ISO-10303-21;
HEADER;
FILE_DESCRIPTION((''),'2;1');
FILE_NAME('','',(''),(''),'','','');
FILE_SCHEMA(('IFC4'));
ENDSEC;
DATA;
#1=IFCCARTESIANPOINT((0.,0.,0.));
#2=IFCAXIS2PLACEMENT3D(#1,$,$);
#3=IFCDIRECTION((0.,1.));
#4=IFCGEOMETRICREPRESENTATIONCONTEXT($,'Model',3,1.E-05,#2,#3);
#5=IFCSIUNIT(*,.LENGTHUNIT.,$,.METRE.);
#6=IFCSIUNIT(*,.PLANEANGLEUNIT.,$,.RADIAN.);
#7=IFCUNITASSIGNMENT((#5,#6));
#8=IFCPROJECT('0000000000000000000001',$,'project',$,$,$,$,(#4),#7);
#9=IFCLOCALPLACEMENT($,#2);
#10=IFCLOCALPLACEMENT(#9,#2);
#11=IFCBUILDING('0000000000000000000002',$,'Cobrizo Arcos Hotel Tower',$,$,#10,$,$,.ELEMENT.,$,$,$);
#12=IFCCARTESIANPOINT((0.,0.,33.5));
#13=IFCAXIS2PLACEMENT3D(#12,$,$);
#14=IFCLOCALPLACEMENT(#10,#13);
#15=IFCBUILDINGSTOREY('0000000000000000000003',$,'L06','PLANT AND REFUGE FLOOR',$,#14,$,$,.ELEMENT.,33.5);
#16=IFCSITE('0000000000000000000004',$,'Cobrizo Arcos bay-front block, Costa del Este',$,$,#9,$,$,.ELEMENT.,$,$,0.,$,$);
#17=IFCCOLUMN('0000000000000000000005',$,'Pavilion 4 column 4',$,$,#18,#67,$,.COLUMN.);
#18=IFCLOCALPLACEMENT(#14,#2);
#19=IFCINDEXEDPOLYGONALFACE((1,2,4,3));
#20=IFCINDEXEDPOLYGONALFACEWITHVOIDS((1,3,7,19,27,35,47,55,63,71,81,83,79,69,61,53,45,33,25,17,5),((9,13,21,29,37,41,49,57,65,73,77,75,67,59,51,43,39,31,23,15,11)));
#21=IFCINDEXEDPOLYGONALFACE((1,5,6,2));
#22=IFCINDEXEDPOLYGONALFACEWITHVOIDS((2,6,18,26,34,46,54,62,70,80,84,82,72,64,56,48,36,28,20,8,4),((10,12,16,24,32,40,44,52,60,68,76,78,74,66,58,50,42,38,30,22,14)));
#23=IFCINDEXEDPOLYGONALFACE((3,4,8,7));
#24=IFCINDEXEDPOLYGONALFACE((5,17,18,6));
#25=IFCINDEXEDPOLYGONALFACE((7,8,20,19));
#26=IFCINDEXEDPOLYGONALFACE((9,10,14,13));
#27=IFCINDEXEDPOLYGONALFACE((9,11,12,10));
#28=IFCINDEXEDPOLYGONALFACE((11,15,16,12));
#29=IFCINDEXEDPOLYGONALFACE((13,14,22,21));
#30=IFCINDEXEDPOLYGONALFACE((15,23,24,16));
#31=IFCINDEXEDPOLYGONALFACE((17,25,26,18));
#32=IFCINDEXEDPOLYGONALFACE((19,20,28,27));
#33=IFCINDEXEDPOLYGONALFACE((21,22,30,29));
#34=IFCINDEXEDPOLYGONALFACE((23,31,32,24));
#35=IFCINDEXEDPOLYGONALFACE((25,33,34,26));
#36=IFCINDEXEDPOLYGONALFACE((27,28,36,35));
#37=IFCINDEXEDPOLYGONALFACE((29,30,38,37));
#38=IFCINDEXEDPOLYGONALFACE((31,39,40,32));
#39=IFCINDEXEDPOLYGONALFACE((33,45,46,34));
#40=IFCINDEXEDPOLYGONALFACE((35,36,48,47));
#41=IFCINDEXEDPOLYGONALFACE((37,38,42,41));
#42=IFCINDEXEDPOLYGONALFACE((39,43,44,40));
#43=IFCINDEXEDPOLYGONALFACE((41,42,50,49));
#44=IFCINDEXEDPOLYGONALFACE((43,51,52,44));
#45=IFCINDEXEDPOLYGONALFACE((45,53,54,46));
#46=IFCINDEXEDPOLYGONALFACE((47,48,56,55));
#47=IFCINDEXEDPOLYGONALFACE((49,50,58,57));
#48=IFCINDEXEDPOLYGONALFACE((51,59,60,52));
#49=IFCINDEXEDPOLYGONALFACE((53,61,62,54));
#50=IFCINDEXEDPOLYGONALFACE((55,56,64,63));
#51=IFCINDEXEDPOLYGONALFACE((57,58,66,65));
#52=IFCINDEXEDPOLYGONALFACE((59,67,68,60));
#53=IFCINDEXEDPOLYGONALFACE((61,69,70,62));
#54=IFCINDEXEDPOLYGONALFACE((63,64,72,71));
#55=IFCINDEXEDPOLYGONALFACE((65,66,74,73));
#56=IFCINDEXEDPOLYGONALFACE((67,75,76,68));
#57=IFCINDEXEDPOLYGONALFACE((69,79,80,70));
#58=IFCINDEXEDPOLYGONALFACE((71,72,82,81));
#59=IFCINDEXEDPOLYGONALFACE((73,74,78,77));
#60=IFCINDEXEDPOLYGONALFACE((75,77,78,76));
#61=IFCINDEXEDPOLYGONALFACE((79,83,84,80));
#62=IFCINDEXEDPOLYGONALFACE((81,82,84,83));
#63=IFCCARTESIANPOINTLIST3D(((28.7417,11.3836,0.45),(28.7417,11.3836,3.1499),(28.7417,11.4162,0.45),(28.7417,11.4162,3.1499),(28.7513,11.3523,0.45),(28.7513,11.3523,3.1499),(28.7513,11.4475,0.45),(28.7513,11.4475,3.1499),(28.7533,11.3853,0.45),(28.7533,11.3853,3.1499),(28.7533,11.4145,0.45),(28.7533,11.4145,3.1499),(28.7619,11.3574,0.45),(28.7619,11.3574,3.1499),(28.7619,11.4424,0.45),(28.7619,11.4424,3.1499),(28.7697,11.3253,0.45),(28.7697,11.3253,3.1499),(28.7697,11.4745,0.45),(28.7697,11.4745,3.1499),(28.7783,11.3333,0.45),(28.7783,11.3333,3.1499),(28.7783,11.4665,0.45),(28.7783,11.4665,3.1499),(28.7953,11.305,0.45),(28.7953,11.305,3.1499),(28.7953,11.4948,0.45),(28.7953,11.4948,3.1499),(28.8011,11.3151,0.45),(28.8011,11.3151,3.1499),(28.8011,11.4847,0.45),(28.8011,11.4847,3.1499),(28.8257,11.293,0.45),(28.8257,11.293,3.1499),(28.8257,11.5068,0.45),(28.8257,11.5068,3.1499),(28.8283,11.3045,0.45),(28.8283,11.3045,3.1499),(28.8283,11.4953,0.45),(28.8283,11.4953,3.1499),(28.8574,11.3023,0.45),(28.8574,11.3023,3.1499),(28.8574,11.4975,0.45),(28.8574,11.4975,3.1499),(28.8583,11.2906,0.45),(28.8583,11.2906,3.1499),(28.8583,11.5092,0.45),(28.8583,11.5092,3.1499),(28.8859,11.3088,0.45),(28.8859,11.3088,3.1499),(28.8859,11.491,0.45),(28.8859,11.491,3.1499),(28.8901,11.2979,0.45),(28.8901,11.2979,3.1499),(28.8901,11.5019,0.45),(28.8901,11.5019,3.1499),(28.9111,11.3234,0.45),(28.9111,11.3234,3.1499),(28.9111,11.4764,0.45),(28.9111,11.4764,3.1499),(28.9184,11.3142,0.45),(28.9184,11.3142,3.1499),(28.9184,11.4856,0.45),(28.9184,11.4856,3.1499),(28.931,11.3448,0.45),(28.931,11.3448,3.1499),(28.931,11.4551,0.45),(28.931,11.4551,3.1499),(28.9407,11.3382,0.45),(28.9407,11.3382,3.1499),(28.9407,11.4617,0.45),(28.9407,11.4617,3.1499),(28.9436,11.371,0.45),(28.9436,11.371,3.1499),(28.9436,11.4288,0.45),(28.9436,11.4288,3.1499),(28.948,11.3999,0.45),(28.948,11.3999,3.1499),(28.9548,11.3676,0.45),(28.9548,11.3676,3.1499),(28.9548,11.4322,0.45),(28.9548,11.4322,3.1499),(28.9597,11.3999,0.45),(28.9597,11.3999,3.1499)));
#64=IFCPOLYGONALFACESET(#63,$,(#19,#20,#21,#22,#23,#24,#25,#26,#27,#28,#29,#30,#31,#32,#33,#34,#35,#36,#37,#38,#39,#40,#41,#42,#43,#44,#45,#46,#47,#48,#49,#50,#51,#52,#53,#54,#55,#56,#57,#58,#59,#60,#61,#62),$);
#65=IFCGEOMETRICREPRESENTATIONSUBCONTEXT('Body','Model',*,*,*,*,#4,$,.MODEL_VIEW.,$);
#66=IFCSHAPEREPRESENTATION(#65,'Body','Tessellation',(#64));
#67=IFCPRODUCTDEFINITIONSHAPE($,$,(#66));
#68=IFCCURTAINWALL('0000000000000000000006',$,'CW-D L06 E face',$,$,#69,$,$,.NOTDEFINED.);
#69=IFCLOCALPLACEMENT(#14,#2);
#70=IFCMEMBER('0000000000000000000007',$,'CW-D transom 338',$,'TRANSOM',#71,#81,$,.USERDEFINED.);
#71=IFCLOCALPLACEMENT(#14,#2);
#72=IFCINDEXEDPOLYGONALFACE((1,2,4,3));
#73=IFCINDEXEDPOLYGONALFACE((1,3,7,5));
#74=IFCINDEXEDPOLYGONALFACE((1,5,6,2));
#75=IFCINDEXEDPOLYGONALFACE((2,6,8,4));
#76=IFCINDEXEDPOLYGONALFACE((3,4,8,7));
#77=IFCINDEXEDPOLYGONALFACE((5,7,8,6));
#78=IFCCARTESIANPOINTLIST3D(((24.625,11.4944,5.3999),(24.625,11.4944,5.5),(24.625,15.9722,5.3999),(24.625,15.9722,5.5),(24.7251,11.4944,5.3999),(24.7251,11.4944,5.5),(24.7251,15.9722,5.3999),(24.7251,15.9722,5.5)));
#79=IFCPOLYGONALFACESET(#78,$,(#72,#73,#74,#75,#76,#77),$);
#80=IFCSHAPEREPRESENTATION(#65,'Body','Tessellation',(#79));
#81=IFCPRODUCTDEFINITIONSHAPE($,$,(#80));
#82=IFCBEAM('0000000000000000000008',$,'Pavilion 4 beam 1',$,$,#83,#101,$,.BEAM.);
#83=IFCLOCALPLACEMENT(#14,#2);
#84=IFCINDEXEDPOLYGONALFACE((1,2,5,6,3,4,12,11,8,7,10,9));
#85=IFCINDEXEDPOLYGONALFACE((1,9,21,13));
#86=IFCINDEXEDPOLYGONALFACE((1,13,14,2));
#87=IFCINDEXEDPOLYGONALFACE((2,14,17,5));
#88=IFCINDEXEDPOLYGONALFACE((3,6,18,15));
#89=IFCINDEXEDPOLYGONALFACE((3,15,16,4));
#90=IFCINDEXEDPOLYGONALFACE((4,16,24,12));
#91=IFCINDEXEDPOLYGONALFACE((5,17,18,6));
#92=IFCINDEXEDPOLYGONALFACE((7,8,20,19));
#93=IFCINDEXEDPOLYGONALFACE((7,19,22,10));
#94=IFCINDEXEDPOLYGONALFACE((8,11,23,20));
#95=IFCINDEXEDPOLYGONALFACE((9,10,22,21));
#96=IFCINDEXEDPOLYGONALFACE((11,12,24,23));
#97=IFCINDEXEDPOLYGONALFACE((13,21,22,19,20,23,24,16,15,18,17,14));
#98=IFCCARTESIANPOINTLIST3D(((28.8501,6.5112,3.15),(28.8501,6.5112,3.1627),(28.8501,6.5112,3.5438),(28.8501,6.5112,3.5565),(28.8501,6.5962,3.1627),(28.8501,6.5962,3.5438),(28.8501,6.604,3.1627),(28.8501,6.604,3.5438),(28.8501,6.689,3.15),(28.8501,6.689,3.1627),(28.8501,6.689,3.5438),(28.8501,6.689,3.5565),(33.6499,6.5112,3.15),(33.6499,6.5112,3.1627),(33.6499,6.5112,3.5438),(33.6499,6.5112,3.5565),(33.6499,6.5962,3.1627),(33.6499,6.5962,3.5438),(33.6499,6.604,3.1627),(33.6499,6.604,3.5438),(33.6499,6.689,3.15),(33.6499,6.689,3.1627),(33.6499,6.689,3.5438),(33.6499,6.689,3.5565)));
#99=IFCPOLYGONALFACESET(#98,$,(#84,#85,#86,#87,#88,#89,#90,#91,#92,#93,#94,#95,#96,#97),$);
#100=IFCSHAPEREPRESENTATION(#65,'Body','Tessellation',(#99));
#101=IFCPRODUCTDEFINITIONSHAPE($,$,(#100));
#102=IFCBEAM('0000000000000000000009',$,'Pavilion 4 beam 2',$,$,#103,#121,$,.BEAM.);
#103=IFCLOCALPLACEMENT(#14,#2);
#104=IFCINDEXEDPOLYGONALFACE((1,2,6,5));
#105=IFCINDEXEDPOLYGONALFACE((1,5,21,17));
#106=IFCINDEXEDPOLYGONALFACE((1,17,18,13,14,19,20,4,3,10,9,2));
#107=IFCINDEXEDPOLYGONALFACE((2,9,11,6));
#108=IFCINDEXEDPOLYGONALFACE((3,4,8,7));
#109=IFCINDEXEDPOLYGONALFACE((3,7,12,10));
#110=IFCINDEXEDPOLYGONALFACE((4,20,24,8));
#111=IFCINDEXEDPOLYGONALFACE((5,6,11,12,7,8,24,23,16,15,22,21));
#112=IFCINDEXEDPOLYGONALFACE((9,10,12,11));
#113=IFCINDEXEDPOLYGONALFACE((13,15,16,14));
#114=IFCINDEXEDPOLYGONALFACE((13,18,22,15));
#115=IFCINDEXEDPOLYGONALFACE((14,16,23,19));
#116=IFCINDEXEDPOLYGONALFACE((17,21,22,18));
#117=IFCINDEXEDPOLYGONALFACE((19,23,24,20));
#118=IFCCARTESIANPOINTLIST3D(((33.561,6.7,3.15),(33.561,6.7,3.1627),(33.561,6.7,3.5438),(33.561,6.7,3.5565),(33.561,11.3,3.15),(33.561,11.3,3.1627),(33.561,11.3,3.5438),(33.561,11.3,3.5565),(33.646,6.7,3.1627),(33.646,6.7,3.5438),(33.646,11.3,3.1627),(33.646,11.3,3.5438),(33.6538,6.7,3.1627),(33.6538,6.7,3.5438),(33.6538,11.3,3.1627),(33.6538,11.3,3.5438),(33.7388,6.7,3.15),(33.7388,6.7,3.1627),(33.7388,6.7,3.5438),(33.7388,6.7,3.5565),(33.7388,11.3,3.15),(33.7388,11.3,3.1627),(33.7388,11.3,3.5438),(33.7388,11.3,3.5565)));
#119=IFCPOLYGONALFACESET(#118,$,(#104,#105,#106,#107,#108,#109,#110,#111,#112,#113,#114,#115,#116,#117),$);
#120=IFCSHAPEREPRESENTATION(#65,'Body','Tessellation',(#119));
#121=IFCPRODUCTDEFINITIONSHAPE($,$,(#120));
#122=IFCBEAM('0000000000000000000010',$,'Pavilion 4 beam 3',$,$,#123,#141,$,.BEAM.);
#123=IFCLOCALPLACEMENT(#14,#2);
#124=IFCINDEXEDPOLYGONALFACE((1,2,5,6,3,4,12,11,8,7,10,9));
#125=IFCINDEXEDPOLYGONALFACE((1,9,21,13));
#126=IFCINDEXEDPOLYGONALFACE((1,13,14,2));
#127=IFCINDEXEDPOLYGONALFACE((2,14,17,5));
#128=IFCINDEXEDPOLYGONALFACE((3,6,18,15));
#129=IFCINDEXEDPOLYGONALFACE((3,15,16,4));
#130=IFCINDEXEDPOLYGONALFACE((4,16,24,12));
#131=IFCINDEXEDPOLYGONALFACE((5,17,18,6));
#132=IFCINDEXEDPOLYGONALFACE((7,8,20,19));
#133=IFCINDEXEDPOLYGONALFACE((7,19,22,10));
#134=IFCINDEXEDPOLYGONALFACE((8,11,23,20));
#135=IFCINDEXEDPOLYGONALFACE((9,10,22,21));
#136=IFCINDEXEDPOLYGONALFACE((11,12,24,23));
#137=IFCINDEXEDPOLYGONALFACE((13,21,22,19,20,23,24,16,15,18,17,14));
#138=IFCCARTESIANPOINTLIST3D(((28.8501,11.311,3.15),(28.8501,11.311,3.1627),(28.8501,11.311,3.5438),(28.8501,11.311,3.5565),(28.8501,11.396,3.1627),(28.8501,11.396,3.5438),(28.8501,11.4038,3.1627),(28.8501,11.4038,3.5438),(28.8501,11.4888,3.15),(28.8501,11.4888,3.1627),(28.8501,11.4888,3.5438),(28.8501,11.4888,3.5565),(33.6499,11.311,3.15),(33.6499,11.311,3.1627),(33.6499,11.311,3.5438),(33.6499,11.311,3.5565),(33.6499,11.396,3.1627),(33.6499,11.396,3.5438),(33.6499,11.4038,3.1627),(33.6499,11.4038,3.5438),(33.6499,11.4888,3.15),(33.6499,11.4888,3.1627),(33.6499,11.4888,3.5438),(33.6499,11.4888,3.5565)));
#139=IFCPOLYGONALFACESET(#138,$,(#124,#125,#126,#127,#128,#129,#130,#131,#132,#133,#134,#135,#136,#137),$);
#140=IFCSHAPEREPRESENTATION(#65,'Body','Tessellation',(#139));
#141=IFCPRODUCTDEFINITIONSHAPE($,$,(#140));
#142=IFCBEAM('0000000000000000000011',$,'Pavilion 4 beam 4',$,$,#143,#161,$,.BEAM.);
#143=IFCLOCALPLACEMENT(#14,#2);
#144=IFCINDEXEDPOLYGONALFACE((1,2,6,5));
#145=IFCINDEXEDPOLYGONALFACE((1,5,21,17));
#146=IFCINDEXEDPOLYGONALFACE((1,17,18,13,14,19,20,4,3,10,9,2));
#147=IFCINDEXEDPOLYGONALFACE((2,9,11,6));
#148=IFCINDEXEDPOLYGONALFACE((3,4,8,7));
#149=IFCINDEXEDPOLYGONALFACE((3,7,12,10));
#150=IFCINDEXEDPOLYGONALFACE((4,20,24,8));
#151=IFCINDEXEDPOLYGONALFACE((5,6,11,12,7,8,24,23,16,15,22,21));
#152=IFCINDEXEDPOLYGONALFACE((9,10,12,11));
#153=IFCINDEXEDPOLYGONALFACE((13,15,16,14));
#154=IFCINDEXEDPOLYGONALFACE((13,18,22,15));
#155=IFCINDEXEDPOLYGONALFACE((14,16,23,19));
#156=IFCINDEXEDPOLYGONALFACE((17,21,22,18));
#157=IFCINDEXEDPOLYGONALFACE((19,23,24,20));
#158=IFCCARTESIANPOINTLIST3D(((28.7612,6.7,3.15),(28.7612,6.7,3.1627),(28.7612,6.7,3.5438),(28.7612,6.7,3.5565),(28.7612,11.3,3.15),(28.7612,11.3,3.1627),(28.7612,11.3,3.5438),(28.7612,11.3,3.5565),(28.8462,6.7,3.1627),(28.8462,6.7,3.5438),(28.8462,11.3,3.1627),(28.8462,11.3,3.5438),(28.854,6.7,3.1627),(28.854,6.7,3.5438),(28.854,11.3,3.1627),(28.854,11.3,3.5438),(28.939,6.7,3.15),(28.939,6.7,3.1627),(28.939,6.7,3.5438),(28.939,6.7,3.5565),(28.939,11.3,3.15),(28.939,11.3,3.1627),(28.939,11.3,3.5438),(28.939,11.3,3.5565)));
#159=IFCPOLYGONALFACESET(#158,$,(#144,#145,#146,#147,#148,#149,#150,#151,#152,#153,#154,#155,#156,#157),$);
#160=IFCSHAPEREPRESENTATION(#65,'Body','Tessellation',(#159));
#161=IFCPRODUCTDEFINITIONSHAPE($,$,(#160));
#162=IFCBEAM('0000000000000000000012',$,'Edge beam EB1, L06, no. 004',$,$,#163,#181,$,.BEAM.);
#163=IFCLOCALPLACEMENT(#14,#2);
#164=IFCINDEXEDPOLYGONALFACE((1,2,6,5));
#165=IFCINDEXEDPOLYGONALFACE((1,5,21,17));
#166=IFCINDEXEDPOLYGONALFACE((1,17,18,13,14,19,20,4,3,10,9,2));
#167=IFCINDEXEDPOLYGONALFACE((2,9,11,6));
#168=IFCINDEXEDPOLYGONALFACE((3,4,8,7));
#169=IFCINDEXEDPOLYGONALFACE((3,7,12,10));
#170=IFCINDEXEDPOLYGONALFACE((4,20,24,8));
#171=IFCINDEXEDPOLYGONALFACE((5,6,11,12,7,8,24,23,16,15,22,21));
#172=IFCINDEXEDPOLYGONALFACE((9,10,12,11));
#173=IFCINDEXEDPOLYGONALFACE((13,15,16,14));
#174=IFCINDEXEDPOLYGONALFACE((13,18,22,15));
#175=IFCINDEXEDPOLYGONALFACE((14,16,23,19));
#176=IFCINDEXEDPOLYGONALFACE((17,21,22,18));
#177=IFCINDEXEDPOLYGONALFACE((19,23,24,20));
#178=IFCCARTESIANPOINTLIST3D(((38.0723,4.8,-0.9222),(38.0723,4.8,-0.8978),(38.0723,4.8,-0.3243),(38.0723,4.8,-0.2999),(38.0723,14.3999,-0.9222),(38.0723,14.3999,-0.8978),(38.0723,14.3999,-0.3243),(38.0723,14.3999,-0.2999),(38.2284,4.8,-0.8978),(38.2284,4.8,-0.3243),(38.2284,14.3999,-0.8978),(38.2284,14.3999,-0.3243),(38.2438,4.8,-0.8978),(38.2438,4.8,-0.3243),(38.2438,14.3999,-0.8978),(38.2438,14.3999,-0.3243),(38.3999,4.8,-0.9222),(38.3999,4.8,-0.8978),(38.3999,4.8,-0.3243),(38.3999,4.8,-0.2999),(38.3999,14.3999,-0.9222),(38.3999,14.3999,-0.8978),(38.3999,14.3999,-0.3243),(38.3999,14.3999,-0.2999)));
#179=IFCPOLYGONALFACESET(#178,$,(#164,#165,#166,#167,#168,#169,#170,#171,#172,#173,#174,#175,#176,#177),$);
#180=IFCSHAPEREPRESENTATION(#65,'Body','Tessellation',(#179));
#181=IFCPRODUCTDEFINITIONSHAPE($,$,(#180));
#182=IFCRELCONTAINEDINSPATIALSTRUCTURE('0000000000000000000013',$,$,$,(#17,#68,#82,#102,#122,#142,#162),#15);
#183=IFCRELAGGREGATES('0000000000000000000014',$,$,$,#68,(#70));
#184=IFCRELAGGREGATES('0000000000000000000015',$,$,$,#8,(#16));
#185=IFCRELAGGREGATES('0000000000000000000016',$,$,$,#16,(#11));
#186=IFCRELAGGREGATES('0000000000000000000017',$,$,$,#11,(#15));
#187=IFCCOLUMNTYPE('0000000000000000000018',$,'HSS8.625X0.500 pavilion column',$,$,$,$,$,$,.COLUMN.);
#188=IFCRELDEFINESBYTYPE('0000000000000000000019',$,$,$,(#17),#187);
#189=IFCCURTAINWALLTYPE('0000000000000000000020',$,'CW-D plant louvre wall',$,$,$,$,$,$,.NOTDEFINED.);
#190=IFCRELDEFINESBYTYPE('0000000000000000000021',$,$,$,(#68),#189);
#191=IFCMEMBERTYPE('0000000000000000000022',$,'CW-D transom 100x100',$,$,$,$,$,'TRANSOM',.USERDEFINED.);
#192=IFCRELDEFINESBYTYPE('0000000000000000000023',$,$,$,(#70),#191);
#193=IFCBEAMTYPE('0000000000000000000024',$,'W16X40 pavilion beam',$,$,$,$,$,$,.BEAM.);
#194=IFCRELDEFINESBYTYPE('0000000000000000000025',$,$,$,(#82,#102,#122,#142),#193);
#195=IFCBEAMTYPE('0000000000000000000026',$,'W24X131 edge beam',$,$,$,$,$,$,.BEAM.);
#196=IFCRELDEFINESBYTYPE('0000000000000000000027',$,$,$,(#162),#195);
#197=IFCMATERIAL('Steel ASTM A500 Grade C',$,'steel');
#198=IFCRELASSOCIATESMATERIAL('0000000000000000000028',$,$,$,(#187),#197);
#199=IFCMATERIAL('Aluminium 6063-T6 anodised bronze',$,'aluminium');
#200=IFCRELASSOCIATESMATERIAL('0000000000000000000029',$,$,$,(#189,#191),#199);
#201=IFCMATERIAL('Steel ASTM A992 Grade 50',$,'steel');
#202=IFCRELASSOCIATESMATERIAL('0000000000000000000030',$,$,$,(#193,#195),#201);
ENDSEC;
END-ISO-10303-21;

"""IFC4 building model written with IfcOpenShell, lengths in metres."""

from ifc_helpers import new_model, si_unit, direction, frame, origin, origin_2d, place, context, subcontext, project, spatial, rectangle, hollow_circle, i_section, extrude, material, material_profile, profile_set, type_object, element, aggregate, save


model = new_model("IFC4")

# Units and contexts
model_context = context("Model", 3, precision=1e-05, world=origin(), true_north=direction((0.0, 1.0)))
body_context = subcontext(model_context, "Body", "Model", "MODEL_VIEW")
ifc_project = project(units=[si_unit("LENGTHUNIT", "METRE"), si_unit("PLANEANGLEUNIT", "RADIAN")], contexts=[model_context])

# Site, building, storey
site_placement = place(None, origin())
site = spatial("IfcSite", under=ifc_project, at=site_placement, Name="Cobrizo Arcos bay-front block, Costa del Este", CompositionType="ELEMENT", RefElevation=0.0)
building_placement = place(site_placement, origin())
building = spatial("IfcBuilding", under=site, at=building_placement, Name="Cobrizo Arcos Hotel Tower", CompositionType="ELEMENT")
storey_placement = place(building_placement, frame((0.0, 0.0, 33.5)))
storey = spatial("IfcBuildingStorey", under=building, at=storey_placement, Name="L06", Description="PLANT AND REFUGE FLOOR", CompositionType="ELEMENT", Elevation=33.5)

# Column
ifc_material_1 = material(Name="Steel ASTM A500 Grade C", Category="steel")
ifc_material_profile_1 = material_profile(ifc_material_1, hollow_circle(Radius=0.1096, WallThickness=0.0117, at=origin_2d()), Name="HSS8.625X0.500")
ifc_profile_set_1 = profile_set([ifc_material_profile_1], Name="Steel ASTM A500 Grade C")
column_type = type_object("IfcColumnType", Name="HSS8.625X0.500 pavilion column", PredefinedType="COLUMN", material=ifc_profile_set_1)
for number, where, z_axis, x_axis, name in (
    (1, (28.8501, 11.3999, 0.45), (0.0, 0.0, 1.0), (1.0, 0.0, 0.0), "Pavilion 4 column 4"),
):
    element("IfcColumn", number, at=place(storey_placement, frame(where, z_axis=z_axis, x_axis=x_axis)), inside=storey, type_object=column_type, Name=name, PredefinedType="COLUMN", context=body_context, shape_type="SweptSolid", body=[
        extrude(hollow_circle(Radius=0.1096, WallThickness=0.0117, at=origin_2d()), origin(), (0.0, 0.0, 1.0), 2.7),
    ])

# Curtain wall, member
ifc_material_2 = material(Name="Aluminium 6063-T6 anodised bronze", Category="aluminium")
curtain_wall_type = type_object("IfcCurtainWallType", Name="CW-D plant louvre wall", PredefinedType="NOTDEFINED", material=ifc_material_2)
curtain_wall_placement = place(storey_placement, origin())
curtain_wall = element("IfcCurtainWall", 2, at=curtain_wall_placement, inside=storey, type_object=curtain_wall_type, Name="CW-D L06 E face", PredefinedType="NOTDEFINED")
ifc_material_profile_2 = material_profile(ifc_material_2, rectangle(XDim=0.1001, YDim=0.1001, at=origin_2d()), Name="CW-D transom 100x100")
ifc_profile_set_2 = profile_set([ifc_material_profile_2], Name="Aluminium 6063-T6 anodised bronze")
member_type = type_object("IfcMemberType", Name="CW-D transom 100x100", ElementType="TRANSOM", PredefinedType="USERDEFINED", material=ifc_profile_set_2)
member_placement = place(storey_placement, frame((24.675, 11.4944, 5.45), z_axis=(0.0, 1.0, 0.0), x_axis=(-1.0, 0.0, 0.0)))
member = element("IfcMember", 3, at=member_placement, type_object=member_type, Name="CW-D transom 338", ObjectType="TRANSOM", PredefinedType="USERDEFINED", context=body_context, shape_type="SweptSolid", body=[
    extrude(rectangle(XDim=0.1001, YDim=0.1001, at=origin_2d()), origin(), (0.0, 0.0, 1.0), 4.4778),
])

# Beams
ifc_material_3 = material(Name="Steel ASTM A992 Grade 50", Category="steel")
ifc_material_profile_3 = material_profile(ifc_material_3, i_section(OverallWidth=0.1777, OverallDepth=0.4065, WebThickness=0.0078, FlangeThickness=0.0127, at=origin_2d()), Name="W16X40")
ifc_profile_set_3 = profile_set([ifc_material_profile_3], Name="Steel ASTM A992 Grade 50")
beam_type_1 = type_object("IfcBeamType", Name="W16X40 pavilion beam", PredefinedType="BEAM", material=ifc_profile_set_3)
beam_1_placement = place(storey_placement, frame((28.8501, 6.6001, 3.3533), z_axis=(1.0, 0.0, 0.0), x_axis=(0.0, 1.0, 0.0)))
element("IfcBeam", 4, at=beam_1_placement, inside=storey, type_object=beam_type_1, Name="Pavilion 4 beam 1", PredefinedType="BEAM", context=body_context, shape_type="SweptSolid", body=[
    extrude(i_section(OverallWidth=0.1777, OverallDepth=0.4065, WebThickness=0.0078, FlangeThickness=0.0127, at=origin_2d()), origin(), (0.0, 0.0, 1.0), 4.7998),
])
beam_2_placement = place(storey_placement, frame((33.6499, 6.7, 3.3533), z_axis=(0.0, 1.0, 0.0), x_axis=(-1.0, 0.0, 0.0)))
element("IfcBeam", 5, at=beam_2_placement, inside=storey, type_object=beam_type_1, Name="Pavilion 4 beam 2", PredefinedType="BEAM", context=body_context, shape_type="SweptSolid", body=[
    extrude(i_section(OverallWidth=0.1777, OverallDepth=0.4065, WebThickness=0.0078, FlangeThickness=0.0127, at=origin_2d()), origin(), (0.0, 0.0, 1.0), 4.6001),
])
beam_3_placement = place(storey_placement, frame((33.6499, 11.3999, 3.3533), z_axis=(-1.0, 0.0, 0.0), x_axis=(0.0, -1.0, 0.0)))
element("IfcBeam", 6, at=beam_3_placement, inside=storey, type_object=beam_type_1, Name="Pavilion 4 beam 3", PredefinedType="BEAM", context=body_context, shape_type="SweptSolid", body=[
    extrude(i_section(OverallWidth=0.1777, OverallDepth=0.4065, WebThickness=0.0078, FlangeThickness=0.0127, at=origin_2d()), origin(), (0.0, 0.0, 1.0), 4.7998),
])
beam_4_placement = place(storey_placement, frame((28.8501, 11.3, 3.3533), z_axis=(0.0, -1.0, 0.0), x_axis=(1.0, 0.0, 0.0)))
element("IfcBeam", 7, at=beam_4_placement, inside=storey, type_object=beam_type_1, Name="Pavilion 4 beam 4", PredefinedType="BEAM", context=body_context, shape_type="SweptSolid", body=[
    extrude(i_section(OverallWidth=0.1777, OverallDepth=0.4065, WebThickness=0.0078, FlangeThickness=0.0127, at=origin_2d()), origin(), (0.0, 0.0, 1.0), 4.6001),
])
ifc_material_profile_4 = material_profile(ifc_material_3, i_section(OverallWidth=0.3276, OverallDepth=0.6223, WebThickness=0.0154, FlangeThickness=0.0244, at=origin_2d()), Name="W24X131")
ifc_profile_set_4 = profile_set([ifc_material_profile_4], Name="Steel ASTM A992 Grade 50")
beam_type_2 = type_object("IfcBeamType", Name="W24X131 edge beam", PredefinedType="BEAM", material=ifc_profile_set_4)
beam_5_placement = place(storey_placement, frame((38.2361, 14.3999, -0.6111), z_axis=(0.0, -1.0, 0.0), x_axis=(1.0, 0.0, 0.0)))
element("IfcBeam", 8, at=beam_5_placement, inside=storey, type_object=beam_type_2, Name="Edge beam EB1, L06, no. 004", PredefinedType="BEAM", context=body_context, shape_type="SweptSolid", body=[
    extrude(i_section(OverallWidth=0.3276, OverallDepth=0.6223, WebThickness=0.0154, FlangeThickness=0.0244, at=origin_2d()), origin(), (0.0, 0.0, 1.0), 9.5999),
])

aggregate(curtain_wall, [member])

save(model, "model.ifc")
